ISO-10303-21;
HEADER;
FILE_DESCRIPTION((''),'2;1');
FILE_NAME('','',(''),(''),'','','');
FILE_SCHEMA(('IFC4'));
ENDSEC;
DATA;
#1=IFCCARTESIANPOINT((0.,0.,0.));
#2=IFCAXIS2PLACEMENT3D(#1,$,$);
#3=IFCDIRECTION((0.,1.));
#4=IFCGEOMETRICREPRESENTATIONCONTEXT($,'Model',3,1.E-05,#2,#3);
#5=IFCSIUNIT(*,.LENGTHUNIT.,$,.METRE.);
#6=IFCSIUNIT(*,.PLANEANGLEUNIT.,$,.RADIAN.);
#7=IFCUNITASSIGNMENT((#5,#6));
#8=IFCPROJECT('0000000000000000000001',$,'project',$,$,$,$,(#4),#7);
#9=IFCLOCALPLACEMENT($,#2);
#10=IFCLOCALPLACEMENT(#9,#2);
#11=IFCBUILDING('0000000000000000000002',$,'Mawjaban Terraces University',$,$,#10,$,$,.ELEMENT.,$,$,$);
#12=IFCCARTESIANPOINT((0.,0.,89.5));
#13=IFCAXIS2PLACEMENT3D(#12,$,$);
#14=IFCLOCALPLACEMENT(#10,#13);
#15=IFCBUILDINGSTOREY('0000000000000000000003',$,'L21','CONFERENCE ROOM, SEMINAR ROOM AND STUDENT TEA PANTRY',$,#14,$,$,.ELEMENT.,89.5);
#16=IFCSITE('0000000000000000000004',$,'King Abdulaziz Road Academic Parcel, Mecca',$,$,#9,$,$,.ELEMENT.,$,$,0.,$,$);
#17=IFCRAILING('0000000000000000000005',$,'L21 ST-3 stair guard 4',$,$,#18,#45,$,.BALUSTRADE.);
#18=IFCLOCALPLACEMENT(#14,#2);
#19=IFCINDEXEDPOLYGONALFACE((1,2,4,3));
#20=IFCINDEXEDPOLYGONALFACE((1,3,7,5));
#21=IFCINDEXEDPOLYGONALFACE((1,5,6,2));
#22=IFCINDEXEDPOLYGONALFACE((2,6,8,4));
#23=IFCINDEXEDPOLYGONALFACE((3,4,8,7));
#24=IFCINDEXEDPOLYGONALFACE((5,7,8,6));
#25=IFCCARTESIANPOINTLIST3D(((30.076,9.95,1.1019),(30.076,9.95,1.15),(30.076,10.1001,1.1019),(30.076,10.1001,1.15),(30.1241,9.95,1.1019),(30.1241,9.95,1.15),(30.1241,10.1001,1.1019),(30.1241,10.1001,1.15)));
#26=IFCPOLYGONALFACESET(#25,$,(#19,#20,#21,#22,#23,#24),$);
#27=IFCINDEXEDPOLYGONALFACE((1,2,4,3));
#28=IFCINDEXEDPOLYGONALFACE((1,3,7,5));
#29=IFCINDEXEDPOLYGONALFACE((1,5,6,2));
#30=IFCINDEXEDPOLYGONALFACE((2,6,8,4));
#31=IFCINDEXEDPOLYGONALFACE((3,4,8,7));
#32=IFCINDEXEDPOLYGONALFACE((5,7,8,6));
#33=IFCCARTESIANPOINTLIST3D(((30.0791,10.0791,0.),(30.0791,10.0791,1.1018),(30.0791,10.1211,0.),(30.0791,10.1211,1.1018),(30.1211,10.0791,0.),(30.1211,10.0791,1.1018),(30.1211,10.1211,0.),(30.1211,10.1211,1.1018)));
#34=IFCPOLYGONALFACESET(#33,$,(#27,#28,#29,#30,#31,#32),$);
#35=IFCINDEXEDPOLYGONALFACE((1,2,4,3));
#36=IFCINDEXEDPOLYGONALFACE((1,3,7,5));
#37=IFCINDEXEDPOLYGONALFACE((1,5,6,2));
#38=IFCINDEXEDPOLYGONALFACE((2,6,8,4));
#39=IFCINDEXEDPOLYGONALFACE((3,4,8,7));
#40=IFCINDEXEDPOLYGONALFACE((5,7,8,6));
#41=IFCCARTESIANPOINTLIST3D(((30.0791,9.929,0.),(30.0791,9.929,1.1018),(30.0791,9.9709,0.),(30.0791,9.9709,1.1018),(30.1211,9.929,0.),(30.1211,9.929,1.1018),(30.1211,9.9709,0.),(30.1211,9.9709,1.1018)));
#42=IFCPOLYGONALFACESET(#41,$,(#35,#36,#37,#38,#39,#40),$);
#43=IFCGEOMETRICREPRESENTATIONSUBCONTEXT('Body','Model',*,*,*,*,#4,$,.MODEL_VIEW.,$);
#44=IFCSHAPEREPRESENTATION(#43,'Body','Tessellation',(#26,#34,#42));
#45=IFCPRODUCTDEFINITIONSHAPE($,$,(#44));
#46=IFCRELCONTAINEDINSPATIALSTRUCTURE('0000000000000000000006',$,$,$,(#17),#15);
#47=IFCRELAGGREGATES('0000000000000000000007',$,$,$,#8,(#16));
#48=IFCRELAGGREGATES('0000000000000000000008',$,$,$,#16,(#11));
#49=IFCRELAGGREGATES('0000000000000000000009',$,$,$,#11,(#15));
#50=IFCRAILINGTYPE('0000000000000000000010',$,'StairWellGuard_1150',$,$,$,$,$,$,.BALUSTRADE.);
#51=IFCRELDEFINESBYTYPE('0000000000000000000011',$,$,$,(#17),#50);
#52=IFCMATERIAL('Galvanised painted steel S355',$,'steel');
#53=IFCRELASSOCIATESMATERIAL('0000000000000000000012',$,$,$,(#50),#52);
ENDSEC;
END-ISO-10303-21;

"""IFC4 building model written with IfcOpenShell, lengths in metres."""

from ifc_helpers import new_model, si_unit, direction, frame, origin, origin_2d, place, context, subcontext, project, spatial, rectangle, extrude, material, type_object, element, save


model = new_model("IFC4")

# Units and contexts
model_context = context("Model", 3, precision=1e-05, world=origin(), true_north=direction((0.0, 1.0)))
body_context = subcontext(model_context, "Body", "Model", "MODEL_VIEW")
ifc_project = project(units=[si_unit("LENGTHUNIT", "METRE"), si_unit("PLANEANGLEUNIT", "RADIAN")], contexts=[model_context])

# Site, building, storey
site_placement = place(None, origin())
site = spatial("IfcSite", under=ifc_project, at=site_placement, Name="King Abdulaziz Road Academic Parcel, Mecca", CompositionType="ELEMENT", RefElevation=0.0)
building_placement = place(site_placement, origin())
building = spatial("IfcBuilding", under=site, at=building_placement, Name="Mawjaban Terraces University", CompositionType="ELEMENT")
storey_placement = place(building_placement, frame((0.0, 0.0, 89.5)))
storey = spatial("IfcBuildingStorey", under=building, at=storey_placement, Name="L21", Description="CONFERENCE ROOM, SEMINAR ROOM AND STUDENT TEA PANTRY", CompositionType="ELEMENT", Elevation=89.5)

# Railing
ifc_material_1 = material(Name="Galvanised painted steel S355", Category="steel")
railing_type_1 = type_object("IfcRailingType", Name="StairWellGuard_1150", PredefinedType="BALUSTRADE", material=ifc_material_1)
railing_1_placement = place(storey_placement, frame((30.1001, 10.1001, 0.0)))
element("IfcRailing", 1, at=railing_1_placement, inside=storey, type_object=railing_type_1, Name="L21 ST-3 stair guard 4", PredefinedType="BALUSTRADE", context=body_context, shape_type="SweptSolid", body=[
    extrude(rectangle(XDim=0.0481, YDim=0.0481, at=origin_2d()), frame((0.0, 0.0, 1.126), z_axis=(0.0, -1.0, 0.0), x_axis=(1.0, 0.0, 0.0)), (0.0, 0.0, 1.0), 0.1501),
    extrude(rectangle(XDim=0.042, YDim=0.042, at=origin_2d()), origin(), (0.0, 0.0, 1.0), 1.1018),
    extrude(rectangle(XDim=0.042, YDim=0.042, at=origin_2d()), frame((0.0, -0.1501, 0.0)), (0.0, 0.0, 1.0), 1.1018),
])

save(model, "model.ifc")
